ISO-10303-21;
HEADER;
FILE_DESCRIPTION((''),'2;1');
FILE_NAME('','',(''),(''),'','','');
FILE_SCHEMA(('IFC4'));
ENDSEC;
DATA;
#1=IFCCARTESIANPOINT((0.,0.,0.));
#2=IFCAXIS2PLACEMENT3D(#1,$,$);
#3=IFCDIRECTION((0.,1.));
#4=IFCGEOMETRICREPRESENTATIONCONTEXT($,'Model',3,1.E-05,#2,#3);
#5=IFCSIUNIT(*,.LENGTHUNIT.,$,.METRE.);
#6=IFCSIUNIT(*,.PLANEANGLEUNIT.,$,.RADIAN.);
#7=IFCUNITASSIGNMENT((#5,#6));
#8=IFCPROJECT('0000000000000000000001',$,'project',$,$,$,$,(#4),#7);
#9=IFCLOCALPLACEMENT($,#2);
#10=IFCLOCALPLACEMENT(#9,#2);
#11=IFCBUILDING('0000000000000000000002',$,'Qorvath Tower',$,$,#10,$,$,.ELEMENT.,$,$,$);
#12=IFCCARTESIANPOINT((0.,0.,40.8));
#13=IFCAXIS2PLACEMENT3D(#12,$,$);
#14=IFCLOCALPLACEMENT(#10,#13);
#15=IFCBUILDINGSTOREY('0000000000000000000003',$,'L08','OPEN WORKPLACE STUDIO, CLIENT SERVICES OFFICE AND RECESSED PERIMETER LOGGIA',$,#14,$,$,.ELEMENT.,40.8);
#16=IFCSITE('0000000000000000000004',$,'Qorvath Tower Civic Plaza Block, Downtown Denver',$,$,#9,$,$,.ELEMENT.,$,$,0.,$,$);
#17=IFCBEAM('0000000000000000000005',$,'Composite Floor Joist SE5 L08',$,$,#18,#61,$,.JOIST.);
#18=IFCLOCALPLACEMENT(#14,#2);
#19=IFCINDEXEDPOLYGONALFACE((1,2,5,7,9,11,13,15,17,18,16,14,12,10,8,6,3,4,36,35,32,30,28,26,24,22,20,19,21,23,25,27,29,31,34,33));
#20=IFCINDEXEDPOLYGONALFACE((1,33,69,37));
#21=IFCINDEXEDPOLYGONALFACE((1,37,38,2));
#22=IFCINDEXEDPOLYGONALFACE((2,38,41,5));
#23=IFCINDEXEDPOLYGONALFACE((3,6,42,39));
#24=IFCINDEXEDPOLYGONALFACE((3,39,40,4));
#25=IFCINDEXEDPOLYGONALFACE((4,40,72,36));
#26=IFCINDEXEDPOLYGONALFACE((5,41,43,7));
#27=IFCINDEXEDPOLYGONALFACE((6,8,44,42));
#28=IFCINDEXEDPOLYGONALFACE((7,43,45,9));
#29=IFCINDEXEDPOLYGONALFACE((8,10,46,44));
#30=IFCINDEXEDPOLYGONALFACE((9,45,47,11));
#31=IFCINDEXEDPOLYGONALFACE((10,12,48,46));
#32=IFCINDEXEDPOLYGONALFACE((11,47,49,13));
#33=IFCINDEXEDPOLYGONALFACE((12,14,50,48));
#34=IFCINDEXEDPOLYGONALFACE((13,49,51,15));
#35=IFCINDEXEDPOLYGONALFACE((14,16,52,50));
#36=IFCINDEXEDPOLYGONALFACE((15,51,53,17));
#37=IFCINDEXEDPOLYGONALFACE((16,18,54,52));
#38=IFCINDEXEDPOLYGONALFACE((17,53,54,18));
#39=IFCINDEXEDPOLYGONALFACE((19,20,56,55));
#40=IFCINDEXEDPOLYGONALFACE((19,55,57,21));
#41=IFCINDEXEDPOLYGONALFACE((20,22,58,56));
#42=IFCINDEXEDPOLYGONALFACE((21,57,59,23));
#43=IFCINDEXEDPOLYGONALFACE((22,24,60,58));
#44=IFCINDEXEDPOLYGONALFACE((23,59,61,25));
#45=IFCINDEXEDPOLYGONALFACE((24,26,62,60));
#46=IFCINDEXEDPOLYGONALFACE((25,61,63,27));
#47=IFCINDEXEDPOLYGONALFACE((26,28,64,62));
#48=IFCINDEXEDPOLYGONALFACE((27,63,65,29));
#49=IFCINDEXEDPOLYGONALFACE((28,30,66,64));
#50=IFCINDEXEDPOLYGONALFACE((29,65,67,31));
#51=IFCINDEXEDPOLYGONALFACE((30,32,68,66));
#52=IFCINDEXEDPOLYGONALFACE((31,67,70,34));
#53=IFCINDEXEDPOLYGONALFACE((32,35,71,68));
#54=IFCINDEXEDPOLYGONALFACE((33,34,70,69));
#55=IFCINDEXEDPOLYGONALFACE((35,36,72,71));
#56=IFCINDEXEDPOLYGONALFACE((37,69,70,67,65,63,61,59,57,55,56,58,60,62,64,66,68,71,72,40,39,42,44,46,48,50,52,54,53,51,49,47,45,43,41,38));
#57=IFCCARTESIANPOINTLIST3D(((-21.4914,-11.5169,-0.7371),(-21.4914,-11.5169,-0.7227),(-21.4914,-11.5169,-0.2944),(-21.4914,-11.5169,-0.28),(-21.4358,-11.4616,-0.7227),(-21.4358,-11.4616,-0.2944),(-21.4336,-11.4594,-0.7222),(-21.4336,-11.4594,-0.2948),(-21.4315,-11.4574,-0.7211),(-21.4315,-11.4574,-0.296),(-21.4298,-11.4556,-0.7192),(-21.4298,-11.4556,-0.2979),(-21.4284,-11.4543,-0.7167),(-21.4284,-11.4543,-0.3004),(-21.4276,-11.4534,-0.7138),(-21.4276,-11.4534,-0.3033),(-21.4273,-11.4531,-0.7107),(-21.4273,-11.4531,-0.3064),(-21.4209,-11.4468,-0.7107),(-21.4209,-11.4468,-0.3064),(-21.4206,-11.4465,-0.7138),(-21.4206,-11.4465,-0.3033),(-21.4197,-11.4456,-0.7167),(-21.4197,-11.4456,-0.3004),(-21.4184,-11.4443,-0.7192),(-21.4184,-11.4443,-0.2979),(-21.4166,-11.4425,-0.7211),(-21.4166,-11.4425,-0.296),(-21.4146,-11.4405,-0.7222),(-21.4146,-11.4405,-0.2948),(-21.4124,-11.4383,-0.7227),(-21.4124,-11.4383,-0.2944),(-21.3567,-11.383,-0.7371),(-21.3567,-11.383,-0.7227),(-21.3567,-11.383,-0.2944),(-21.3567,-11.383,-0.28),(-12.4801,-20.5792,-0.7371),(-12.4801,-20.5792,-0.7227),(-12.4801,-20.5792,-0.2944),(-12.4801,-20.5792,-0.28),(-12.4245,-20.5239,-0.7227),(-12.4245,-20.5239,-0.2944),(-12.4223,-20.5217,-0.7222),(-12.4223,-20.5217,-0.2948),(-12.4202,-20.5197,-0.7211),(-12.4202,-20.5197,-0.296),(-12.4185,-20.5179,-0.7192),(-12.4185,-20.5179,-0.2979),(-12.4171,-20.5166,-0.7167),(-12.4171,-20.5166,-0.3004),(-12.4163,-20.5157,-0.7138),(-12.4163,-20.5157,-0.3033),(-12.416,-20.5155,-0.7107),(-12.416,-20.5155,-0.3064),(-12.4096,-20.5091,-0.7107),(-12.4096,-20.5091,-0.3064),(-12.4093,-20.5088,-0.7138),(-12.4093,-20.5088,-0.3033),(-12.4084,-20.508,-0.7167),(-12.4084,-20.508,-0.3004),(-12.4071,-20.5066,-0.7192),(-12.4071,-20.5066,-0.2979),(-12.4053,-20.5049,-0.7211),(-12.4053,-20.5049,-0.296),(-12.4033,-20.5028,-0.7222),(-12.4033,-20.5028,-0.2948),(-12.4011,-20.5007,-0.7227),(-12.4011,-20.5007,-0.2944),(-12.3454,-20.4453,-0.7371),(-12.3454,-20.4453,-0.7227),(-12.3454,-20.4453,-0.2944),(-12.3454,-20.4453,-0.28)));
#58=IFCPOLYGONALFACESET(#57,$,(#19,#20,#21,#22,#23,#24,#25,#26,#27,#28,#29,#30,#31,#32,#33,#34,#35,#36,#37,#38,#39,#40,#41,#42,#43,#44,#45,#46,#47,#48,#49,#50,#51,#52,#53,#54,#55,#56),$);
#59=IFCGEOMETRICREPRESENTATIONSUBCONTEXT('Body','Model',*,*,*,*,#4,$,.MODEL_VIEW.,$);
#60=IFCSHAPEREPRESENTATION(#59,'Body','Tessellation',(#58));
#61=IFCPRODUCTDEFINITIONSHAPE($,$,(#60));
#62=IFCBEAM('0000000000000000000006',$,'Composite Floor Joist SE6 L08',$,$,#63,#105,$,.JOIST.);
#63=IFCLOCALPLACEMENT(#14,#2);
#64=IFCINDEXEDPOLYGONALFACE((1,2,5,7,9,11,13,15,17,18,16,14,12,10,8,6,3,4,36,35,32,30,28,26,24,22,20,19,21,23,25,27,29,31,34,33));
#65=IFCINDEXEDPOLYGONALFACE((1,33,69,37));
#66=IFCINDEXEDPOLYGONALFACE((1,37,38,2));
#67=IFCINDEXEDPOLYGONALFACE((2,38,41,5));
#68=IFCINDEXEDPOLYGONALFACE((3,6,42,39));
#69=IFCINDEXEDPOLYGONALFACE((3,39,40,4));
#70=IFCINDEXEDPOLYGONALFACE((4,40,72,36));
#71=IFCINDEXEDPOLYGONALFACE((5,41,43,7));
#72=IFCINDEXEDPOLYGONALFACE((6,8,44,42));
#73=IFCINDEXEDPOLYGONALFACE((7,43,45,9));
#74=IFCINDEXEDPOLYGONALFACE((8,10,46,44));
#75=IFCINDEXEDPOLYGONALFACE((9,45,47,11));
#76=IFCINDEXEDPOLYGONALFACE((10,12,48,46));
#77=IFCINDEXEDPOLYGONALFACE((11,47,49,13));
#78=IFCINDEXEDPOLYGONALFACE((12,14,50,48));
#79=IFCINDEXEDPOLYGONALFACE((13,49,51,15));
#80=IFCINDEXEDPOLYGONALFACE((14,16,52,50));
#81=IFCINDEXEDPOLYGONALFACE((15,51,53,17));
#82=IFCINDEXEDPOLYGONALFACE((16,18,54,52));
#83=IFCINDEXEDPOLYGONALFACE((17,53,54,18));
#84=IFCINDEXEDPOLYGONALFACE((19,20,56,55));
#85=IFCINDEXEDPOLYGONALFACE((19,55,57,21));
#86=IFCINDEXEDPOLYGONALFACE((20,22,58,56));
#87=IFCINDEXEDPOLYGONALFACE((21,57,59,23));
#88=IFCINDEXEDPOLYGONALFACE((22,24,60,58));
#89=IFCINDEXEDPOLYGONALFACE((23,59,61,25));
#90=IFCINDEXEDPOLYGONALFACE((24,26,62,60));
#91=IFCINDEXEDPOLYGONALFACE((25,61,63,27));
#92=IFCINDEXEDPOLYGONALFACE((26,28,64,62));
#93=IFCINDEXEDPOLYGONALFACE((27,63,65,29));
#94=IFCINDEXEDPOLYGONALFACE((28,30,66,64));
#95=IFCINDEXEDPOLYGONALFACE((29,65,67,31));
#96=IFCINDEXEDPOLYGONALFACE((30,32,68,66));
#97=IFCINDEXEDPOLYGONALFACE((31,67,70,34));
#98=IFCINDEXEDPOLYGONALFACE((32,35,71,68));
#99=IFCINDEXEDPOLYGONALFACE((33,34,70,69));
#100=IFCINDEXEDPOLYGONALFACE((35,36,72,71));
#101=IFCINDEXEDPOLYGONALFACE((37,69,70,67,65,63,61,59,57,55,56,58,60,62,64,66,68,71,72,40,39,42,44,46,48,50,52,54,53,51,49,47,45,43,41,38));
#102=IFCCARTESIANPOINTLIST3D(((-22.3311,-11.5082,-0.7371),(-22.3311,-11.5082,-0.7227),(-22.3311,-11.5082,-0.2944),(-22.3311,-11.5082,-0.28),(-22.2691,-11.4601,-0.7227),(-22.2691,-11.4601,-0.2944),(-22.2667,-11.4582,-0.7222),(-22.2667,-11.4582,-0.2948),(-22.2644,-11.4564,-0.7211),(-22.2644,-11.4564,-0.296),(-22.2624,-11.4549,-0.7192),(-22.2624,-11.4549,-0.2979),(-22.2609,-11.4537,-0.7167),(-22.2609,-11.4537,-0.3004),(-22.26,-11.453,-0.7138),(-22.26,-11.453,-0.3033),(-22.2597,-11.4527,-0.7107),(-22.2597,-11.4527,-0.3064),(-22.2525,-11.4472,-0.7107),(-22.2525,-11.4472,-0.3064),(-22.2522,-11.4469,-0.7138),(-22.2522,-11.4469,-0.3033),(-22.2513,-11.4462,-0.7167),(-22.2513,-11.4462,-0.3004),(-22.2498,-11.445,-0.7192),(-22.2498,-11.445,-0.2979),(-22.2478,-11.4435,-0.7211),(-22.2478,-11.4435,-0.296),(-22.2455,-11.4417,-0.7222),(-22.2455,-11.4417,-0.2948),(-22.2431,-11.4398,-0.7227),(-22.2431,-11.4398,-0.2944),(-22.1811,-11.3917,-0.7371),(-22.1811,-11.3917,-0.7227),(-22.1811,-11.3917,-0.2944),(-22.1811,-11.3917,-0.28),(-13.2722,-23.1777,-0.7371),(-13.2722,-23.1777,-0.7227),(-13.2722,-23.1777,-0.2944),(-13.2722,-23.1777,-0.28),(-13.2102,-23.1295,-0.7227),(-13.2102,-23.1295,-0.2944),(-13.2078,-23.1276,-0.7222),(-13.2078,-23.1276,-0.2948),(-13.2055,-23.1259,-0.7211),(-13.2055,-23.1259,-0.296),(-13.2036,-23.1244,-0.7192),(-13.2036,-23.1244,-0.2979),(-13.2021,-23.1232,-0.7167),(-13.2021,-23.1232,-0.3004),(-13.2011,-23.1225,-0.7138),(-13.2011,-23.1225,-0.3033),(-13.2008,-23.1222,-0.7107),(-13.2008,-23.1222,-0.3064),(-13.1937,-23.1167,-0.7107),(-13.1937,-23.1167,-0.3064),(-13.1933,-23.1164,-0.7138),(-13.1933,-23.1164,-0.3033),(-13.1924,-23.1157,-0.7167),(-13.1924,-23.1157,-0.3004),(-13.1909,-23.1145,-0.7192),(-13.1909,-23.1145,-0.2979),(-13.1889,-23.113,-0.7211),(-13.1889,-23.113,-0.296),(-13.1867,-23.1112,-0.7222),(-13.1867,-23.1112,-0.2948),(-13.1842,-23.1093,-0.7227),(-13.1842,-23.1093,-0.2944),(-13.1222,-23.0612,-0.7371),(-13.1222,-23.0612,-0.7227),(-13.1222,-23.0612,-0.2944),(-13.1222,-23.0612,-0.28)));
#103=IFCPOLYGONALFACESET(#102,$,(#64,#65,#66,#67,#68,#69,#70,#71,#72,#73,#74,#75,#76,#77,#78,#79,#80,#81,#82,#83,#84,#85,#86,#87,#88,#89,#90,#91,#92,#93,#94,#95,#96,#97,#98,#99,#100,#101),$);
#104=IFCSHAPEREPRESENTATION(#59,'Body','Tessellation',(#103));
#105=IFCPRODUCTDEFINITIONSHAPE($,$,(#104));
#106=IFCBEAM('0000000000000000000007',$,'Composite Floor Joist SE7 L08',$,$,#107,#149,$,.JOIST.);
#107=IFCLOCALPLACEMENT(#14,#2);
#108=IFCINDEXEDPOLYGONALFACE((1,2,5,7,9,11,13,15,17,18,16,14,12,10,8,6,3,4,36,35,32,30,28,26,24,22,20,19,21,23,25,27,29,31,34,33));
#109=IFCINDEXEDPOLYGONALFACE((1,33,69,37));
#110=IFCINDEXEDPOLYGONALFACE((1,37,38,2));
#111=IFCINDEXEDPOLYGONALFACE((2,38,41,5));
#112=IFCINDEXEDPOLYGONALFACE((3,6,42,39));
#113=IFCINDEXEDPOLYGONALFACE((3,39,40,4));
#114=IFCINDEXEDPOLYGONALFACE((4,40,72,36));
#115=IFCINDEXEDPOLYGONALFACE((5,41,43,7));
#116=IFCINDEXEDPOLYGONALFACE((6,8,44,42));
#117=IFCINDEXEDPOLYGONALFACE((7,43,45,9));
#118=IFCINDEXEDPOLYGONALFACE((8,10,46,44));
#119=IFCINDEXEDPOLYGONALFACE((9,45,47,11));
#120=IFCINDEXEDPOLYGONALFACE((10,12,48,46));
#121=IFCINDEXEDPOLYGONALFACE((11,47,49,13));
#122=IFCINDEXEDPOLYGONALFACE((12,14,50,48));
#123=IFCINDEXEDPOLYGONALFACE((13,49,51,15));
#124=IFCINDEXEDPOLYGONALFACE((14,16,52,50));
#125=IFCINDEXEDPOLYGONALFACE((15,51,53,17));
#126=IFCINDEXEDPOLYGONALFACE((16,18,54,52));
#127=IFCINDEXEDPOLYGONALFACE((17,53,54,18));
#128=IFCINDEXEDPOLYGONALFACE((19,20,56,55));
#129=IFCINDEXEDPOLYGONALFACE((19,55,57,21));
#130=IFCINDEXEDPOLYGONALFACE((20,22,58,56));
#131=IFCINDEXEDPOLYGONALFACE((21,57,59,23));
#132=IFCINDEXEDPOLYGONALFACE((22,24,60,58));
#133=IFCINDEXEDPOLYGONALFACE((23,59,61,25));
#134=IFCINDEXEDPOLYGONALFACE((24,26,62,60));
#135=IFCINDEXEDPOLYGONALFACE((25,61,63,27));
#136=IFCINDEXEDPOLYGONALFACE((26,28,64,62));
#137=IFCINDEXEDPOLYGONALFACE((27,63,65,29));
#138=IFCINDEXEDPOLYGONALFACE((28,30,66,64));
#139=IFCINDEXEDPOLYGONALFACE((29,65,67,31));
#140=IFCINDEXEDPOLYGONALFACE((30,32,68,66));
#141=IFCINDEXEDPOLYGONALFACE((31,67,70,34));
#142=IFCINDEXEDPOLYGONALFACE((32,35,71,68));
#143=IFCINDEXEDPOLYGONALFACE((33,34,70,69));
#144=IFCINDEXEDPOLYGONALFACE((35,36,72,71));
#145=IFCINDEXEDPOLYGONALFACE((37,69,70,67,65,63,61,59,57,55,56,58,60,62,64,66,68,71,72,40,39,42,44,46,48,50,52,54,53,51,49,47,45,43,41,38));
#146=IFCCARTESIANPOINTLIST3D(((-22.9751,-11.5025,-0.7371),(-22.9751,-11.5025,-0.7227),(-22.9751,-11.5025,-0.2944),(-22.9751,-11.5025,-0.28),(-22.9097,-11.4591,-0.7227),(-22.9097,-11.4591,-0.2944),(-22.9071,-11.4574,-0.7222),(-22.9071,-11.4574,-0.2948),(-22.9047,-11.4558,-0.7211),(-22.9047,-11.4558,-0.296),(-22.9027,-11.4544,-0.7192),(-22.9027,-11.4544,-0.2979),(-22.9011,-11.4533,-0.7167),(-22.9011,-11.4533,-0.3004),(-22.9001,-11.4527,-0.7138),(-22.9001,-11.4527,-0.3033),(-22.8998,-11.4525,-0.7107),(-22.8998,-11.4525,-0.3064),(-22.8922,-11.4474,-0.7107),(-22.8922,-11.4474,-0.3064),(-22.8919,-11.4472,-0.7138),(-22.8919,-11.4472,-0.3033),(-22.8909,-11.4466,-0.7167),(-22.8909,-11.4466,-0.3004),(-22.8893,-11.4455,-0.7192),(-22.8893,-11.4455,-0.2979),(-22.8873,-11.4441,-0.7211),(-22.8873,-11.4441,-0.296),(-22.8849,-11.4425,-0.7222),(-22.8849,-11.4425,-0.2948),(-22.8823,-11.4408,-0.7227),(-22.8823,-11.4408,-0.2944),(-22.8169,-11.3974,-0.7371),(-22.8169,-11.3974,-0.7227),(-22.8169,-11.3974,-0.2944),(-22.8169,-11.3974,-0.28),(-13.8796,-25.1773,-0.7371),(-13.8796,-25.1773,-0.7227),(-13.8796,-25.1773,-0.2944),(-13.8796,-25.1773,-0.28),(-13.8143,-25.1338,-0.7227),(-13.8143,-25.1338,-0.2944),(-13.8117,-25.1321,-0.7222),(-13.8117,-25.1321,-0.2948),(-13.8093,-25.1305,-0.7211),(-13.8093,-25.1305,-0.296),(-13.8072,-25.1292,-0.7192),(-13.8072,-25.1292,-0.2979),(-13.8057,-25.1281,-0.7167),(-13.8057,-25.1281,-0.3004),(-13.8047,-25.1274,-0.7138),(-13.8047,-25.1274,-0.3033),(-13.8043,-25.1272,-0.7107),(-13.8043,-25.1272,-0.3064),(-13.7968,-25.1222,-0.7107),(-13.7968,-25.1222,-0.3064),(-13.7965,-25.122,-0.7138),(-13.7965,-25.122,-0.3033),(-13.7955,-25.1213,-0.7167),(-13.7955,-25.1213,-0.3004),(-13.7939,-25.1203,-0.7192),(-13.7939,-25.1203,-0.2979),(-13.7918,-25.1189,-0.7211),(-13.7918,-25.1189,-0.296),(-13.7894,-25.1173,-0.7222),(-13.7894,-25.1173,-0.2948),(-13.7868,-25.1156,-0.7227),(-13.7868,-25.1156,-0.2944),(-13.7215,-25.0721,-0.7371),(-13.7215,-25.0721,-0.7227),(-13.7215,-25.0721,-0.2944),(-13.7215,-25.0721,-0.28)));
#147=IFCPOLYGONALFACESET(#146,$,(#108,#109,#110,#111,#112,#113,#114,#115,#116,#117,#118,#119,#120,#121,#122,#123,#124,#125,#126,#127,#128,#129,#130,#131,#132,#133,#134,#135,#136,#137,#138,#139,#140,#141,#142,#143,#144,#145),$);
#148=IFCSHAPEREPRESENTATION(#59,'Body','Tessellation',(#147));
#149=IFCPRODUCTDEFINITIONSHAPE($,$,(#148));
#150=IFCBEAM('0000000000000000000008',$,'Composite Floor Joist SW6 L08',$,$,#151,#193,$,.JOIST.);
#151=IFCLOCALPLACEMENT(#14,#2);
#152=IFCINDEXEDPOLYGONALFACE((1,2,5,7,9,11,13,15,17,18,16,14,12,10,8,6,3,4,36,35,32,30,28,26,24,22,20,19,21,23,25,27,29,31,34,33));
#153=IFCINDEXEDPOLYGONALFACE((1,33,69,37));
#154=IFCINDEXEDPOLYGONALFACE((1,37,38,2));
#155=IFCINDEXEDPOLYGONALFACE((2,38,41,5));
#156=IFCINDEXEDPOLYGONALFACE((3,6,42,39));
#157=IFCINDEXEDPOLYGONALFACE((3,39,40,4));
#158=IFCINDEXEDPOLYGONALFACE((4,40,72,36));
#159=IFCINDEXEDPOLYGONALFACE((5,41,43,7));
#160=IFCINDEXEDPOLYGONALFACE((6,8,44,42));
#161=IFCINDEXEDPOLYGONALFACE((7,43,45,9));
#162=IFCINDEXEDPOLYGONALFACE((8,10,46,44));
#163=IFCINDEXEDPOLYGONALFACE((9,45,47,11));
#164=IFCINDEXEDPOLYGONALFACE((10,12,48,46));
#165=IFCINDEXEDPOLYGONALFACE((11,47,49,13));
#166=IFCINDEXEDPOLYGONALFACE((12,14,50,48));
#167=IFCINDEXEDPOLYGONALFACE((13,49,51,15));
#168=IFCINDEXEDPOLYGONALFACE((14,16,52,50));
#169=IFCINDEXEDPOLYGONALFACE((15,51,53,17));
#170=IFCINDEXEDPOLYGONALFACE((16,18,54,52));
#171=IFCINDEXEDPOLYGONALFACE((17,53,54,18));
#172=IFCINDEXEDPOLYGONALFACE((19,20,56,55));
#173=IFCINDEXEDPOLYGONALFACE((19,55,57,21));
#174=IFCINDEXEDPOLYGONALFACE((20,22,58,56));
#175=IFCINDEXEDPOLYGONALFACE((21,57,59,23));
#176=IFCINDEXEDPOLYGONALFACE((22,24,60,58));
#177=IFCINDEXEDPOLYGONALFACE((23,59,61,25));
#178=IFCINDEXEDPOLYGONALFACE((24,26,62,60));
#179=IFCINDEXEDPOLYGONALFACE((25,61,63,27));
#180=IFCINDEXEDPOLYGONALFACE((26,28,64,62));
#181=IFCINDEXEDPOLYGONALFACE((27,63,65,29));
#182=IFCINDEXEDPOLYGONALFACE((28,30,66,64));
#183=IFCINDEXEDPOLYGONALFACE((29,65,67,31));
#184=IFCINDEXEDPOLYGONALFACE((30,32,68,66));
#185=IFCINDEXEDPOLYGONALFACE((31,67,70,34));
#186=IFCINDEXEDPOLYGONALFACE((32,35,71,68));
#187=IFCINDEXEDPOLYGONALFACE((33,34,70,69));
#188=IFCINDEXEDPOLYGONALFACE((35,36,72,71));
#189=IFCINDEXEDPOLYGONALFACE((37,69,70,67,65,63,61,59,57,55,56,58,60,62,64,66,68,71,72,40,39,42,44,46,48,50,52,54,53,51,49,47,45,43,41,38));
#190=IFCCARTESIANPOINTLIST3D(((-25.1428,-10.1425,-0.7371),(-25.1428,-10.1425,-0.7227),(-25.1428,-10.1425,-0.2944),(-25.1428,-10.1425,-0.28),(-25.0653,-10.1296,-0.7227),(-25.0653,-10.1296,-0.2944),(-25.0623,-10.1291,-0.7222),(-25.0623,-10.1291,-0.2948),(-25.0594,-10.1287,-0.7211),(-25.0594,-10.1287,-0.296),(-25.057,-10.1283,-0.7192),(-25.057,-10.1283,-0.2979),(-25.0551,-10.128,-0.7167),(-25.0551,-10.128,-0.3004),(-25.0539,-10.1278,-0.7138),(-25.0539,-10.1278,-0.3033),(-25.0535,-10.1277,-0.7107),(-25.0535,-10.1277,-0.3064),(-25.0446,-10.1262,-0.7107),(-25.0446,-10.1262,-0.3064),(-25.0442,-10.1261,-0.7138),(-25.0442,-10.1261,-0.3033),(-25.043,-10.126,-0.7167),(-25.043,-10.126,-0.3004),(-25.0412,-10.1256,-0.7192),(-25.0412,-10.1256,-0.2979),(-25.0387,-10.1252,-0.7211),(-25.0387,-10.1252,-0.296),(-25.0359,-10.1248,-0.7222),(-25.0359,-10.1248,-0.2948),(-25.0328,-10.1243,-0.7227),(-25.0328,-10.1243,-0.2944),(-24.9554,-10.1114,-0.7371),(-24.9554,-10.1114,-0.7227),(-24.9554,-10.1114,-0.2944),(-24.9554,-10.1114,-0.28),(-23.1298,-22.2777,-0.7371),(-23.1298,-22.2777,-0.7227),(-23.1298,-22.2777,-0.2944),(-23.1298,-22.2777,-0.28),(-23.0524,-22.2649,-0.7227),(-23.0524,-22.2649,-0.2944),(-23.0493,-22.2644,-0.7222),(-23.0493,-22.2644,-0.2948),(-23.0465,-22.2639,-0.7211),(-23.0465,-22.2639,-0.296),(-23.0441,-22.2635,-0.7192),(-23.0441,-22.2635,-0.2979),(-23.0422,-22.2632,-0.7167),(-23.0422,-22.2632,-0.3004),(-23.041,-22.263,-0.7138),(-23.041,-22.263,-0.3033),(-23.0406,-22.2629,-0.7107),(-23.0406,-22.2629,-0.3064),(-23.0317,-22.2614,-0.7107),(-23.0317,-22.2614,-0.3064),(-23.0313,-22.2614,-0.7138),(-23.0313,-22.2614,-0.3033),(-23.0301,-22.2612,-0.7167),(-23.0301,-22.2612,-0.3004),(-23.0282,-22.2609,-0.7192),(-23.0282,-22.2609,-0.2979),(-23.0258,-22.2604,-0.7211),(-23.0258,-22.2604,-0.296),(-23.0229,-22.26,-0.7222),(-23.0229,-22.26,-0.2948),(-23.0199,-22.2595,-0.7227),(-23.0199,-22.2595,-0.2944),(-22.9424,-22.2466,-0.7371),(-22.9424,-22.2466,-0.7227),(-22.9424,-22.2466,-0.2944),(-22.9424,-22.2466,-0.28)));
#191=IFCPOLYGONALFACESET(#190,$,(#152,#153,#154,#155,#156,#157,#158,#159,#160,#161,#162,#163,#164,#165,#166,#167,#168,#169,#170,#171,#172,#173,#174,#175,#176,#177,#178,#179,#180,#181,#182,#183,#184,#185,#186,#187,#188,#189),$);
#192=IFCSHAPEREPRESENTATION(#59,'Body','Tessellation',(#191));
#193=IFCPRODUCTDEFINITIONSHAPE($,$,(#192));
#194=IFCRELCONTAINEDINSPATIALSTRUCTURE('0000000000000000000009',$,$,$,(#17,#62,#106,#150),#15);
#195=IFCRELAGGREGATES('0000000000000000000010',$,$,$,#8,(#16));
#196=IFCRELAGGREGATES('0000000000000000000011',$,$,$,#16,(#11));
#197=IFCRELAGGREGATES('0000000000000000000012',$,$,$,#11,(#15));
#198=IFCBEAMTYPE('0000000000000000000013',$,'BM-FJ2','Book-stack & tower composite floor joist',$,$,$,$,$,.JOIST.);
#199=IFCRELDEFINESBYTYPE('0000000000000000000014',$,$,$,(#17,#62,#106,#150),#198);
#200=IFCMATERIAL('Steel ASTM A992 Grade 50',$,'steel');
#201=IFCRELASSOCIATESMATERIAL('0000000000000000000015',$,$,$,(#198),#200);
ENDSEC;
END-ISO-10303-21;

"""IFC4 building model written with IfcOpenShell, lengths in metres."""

from ifc_helpers import new_model, si_unit, direction, frame, origin, origin_2d, place, context, subcontext, project, spatial, i_section, extrude, material, material_profile, profile_set, type_object, element, save


model = new_model("IFC4")

# Units and contexts
model_context = context("Model", 3, precision=1e-05, world=origin(), true_north=direction((0.0, 1.0)))
body_context = subcontext(model_context, "Body", "Model", "MODEL_VIEW")
ifc_project = project(units=[si_unit("LENGTHUNIT", "METRE"), si_unit("PLANEANGLEUNIT", "RADIAN")], contexts=[model_context])

# Site, building, storey
site_placement = place(None, origin())
site = spatial("IfcSite", under=ifc_project, at=site_placement, Name="Qorvath Tower Civic Plaza Block, Downtown Denver", CompositionType="ELEMENT", RefElevation=0.0)
building_placement = place(site_placement, origin())
building = spatial("IfcBuilding", under=site, at=building_placement, Name="Qorvath Tower", CompositionType="ELEMENT")
storey_placement = place(building_placement, frame((0.0, 0.0, 40.8)))
storey = spatial("IfcBuildingStorey", under=building, at=storey_placement, Name="L08", Description="OPEN WORKPLACE STUDIO, CLIENT SERVICES OFFICE AND RECESSED PERIMETER LOGGIA", CompositionType="ELEMENT", Elevation=40.8)

# Beams
ifc_material_1 = material(Name="Steel ASTM A992 Grade 50", Category="steel")
ifc_material_profile_1 = material_profile(ifc_material_1, i_section(OverallWidth=0.1899, OverallDepth=0.457, WebThickness=0.009, FlangeThickness=0.0144, FilletRadius=0.012, at=origin_2d()), Name="W18x50")
ifc_profile_set_1 = profile_set([ifc_material_profile_1], Name="Steel ASTM A992 Grade 50")
beam_type_1 = type_object("IfcBeamType", Name="BM-FJ2", Description="Book-stack & tower composite floor joist", PredefinedType="JOIST", material=ifc_profile_set_1)
beam_1_placement = place(storey_placement, frame((-21.4241, -11.45, -0.5085), z_axis=(0.705108, -0.7091, 0.0), x_axis=(0.7091, 0.705108, 0.0)))
element("IfcBeam", 1, at=beam_1_placement, inside=storey, type_object=beam_type_1, Name="Composite Floor Joist SE5 L08", PredefinedType="JOIST", context=body_context, shape_type="SweptSolid", body=[
    extrude(i_section(OverallWidth=0.1899, OverallDepth=0.457, WebThickness=0.009, FlangeThickness=0.0144, FilletRadius=0.012, at=origin_2d()), origin(), (0.0, 0.0, 1.0), 12.78),
])
beam_2_placement = place(storey_placement, frame((-22.2561, -11.45, -0.5085), z_axis=(0.613207, -0.789922, 0.0), x_axis=(0.789922, 0.613207, 0.0)))
element("IfcBeam", 2, at=beam_2_placement, inside=storey, type_object=beam_type_1, Name="Composite Floor Joist SE6 L08", PredefinedType="JOIST", context=body_context, shape_type="SweptSolid", body=[
    extrude(i_section(OverallWidth=0.1899, OverallDepth=0.457, WebThickness=0.009, FlangeThickness=0.0144, FilletRadius=0.012, at=origin_2d()), origin(), (0.0, 0.0, 1.0), 14.7729),
])
beam_3_placement = place(storey_placement, frame((-22.896, -11.45, -0.5085), z_axis=(0.553811, -0.832642, 0.0), x_axis=(0.832642, 0.553811, 0.0)))
element("IfcBeam", 3, at=beam_3_placement, inside=storey, type_object=beam_type_1, Name="Composite Floor Joist SE7 L08", PredefinedType="JOIST", context=body_context, shape_type="SweptSolid", body=[
    extrude(i_section(OverallWidth=0.1899, OverallDepth=0.457, WebThickness=0.009, FlangeThickness=0.0144, FilletRadius=0.012, at=origin_2d()), origin(), (0.0, 0.0, 1.0), 16.4233),
])
beam_4_placement = place(storey_placement, frame((-25.0491, -10.127, -0.5085), z_axis=(0.163639, -0.98652, 0.0), x_axis=(0.98652, 0.163639, 0.0)))
element("IfcBeam", 4, at=beam_4_placement, inside=storey, type_object=beam_type_1, Name="Composite Floor Joist SW6 L08", PredefinedType="JOIST", context=body_context, shape_type="SweptSolid", body=[
    extrude(i_section(OverallWidth=0.1899, OverallDepth=0.457, WebThickness=0.009, FlangeThickness=0.0144, FilletRadius=0.012, at=origin_2d()), origin(), (0.0, 0.0, 1.0), 12.301),
])

save(model, "model.ifc")
